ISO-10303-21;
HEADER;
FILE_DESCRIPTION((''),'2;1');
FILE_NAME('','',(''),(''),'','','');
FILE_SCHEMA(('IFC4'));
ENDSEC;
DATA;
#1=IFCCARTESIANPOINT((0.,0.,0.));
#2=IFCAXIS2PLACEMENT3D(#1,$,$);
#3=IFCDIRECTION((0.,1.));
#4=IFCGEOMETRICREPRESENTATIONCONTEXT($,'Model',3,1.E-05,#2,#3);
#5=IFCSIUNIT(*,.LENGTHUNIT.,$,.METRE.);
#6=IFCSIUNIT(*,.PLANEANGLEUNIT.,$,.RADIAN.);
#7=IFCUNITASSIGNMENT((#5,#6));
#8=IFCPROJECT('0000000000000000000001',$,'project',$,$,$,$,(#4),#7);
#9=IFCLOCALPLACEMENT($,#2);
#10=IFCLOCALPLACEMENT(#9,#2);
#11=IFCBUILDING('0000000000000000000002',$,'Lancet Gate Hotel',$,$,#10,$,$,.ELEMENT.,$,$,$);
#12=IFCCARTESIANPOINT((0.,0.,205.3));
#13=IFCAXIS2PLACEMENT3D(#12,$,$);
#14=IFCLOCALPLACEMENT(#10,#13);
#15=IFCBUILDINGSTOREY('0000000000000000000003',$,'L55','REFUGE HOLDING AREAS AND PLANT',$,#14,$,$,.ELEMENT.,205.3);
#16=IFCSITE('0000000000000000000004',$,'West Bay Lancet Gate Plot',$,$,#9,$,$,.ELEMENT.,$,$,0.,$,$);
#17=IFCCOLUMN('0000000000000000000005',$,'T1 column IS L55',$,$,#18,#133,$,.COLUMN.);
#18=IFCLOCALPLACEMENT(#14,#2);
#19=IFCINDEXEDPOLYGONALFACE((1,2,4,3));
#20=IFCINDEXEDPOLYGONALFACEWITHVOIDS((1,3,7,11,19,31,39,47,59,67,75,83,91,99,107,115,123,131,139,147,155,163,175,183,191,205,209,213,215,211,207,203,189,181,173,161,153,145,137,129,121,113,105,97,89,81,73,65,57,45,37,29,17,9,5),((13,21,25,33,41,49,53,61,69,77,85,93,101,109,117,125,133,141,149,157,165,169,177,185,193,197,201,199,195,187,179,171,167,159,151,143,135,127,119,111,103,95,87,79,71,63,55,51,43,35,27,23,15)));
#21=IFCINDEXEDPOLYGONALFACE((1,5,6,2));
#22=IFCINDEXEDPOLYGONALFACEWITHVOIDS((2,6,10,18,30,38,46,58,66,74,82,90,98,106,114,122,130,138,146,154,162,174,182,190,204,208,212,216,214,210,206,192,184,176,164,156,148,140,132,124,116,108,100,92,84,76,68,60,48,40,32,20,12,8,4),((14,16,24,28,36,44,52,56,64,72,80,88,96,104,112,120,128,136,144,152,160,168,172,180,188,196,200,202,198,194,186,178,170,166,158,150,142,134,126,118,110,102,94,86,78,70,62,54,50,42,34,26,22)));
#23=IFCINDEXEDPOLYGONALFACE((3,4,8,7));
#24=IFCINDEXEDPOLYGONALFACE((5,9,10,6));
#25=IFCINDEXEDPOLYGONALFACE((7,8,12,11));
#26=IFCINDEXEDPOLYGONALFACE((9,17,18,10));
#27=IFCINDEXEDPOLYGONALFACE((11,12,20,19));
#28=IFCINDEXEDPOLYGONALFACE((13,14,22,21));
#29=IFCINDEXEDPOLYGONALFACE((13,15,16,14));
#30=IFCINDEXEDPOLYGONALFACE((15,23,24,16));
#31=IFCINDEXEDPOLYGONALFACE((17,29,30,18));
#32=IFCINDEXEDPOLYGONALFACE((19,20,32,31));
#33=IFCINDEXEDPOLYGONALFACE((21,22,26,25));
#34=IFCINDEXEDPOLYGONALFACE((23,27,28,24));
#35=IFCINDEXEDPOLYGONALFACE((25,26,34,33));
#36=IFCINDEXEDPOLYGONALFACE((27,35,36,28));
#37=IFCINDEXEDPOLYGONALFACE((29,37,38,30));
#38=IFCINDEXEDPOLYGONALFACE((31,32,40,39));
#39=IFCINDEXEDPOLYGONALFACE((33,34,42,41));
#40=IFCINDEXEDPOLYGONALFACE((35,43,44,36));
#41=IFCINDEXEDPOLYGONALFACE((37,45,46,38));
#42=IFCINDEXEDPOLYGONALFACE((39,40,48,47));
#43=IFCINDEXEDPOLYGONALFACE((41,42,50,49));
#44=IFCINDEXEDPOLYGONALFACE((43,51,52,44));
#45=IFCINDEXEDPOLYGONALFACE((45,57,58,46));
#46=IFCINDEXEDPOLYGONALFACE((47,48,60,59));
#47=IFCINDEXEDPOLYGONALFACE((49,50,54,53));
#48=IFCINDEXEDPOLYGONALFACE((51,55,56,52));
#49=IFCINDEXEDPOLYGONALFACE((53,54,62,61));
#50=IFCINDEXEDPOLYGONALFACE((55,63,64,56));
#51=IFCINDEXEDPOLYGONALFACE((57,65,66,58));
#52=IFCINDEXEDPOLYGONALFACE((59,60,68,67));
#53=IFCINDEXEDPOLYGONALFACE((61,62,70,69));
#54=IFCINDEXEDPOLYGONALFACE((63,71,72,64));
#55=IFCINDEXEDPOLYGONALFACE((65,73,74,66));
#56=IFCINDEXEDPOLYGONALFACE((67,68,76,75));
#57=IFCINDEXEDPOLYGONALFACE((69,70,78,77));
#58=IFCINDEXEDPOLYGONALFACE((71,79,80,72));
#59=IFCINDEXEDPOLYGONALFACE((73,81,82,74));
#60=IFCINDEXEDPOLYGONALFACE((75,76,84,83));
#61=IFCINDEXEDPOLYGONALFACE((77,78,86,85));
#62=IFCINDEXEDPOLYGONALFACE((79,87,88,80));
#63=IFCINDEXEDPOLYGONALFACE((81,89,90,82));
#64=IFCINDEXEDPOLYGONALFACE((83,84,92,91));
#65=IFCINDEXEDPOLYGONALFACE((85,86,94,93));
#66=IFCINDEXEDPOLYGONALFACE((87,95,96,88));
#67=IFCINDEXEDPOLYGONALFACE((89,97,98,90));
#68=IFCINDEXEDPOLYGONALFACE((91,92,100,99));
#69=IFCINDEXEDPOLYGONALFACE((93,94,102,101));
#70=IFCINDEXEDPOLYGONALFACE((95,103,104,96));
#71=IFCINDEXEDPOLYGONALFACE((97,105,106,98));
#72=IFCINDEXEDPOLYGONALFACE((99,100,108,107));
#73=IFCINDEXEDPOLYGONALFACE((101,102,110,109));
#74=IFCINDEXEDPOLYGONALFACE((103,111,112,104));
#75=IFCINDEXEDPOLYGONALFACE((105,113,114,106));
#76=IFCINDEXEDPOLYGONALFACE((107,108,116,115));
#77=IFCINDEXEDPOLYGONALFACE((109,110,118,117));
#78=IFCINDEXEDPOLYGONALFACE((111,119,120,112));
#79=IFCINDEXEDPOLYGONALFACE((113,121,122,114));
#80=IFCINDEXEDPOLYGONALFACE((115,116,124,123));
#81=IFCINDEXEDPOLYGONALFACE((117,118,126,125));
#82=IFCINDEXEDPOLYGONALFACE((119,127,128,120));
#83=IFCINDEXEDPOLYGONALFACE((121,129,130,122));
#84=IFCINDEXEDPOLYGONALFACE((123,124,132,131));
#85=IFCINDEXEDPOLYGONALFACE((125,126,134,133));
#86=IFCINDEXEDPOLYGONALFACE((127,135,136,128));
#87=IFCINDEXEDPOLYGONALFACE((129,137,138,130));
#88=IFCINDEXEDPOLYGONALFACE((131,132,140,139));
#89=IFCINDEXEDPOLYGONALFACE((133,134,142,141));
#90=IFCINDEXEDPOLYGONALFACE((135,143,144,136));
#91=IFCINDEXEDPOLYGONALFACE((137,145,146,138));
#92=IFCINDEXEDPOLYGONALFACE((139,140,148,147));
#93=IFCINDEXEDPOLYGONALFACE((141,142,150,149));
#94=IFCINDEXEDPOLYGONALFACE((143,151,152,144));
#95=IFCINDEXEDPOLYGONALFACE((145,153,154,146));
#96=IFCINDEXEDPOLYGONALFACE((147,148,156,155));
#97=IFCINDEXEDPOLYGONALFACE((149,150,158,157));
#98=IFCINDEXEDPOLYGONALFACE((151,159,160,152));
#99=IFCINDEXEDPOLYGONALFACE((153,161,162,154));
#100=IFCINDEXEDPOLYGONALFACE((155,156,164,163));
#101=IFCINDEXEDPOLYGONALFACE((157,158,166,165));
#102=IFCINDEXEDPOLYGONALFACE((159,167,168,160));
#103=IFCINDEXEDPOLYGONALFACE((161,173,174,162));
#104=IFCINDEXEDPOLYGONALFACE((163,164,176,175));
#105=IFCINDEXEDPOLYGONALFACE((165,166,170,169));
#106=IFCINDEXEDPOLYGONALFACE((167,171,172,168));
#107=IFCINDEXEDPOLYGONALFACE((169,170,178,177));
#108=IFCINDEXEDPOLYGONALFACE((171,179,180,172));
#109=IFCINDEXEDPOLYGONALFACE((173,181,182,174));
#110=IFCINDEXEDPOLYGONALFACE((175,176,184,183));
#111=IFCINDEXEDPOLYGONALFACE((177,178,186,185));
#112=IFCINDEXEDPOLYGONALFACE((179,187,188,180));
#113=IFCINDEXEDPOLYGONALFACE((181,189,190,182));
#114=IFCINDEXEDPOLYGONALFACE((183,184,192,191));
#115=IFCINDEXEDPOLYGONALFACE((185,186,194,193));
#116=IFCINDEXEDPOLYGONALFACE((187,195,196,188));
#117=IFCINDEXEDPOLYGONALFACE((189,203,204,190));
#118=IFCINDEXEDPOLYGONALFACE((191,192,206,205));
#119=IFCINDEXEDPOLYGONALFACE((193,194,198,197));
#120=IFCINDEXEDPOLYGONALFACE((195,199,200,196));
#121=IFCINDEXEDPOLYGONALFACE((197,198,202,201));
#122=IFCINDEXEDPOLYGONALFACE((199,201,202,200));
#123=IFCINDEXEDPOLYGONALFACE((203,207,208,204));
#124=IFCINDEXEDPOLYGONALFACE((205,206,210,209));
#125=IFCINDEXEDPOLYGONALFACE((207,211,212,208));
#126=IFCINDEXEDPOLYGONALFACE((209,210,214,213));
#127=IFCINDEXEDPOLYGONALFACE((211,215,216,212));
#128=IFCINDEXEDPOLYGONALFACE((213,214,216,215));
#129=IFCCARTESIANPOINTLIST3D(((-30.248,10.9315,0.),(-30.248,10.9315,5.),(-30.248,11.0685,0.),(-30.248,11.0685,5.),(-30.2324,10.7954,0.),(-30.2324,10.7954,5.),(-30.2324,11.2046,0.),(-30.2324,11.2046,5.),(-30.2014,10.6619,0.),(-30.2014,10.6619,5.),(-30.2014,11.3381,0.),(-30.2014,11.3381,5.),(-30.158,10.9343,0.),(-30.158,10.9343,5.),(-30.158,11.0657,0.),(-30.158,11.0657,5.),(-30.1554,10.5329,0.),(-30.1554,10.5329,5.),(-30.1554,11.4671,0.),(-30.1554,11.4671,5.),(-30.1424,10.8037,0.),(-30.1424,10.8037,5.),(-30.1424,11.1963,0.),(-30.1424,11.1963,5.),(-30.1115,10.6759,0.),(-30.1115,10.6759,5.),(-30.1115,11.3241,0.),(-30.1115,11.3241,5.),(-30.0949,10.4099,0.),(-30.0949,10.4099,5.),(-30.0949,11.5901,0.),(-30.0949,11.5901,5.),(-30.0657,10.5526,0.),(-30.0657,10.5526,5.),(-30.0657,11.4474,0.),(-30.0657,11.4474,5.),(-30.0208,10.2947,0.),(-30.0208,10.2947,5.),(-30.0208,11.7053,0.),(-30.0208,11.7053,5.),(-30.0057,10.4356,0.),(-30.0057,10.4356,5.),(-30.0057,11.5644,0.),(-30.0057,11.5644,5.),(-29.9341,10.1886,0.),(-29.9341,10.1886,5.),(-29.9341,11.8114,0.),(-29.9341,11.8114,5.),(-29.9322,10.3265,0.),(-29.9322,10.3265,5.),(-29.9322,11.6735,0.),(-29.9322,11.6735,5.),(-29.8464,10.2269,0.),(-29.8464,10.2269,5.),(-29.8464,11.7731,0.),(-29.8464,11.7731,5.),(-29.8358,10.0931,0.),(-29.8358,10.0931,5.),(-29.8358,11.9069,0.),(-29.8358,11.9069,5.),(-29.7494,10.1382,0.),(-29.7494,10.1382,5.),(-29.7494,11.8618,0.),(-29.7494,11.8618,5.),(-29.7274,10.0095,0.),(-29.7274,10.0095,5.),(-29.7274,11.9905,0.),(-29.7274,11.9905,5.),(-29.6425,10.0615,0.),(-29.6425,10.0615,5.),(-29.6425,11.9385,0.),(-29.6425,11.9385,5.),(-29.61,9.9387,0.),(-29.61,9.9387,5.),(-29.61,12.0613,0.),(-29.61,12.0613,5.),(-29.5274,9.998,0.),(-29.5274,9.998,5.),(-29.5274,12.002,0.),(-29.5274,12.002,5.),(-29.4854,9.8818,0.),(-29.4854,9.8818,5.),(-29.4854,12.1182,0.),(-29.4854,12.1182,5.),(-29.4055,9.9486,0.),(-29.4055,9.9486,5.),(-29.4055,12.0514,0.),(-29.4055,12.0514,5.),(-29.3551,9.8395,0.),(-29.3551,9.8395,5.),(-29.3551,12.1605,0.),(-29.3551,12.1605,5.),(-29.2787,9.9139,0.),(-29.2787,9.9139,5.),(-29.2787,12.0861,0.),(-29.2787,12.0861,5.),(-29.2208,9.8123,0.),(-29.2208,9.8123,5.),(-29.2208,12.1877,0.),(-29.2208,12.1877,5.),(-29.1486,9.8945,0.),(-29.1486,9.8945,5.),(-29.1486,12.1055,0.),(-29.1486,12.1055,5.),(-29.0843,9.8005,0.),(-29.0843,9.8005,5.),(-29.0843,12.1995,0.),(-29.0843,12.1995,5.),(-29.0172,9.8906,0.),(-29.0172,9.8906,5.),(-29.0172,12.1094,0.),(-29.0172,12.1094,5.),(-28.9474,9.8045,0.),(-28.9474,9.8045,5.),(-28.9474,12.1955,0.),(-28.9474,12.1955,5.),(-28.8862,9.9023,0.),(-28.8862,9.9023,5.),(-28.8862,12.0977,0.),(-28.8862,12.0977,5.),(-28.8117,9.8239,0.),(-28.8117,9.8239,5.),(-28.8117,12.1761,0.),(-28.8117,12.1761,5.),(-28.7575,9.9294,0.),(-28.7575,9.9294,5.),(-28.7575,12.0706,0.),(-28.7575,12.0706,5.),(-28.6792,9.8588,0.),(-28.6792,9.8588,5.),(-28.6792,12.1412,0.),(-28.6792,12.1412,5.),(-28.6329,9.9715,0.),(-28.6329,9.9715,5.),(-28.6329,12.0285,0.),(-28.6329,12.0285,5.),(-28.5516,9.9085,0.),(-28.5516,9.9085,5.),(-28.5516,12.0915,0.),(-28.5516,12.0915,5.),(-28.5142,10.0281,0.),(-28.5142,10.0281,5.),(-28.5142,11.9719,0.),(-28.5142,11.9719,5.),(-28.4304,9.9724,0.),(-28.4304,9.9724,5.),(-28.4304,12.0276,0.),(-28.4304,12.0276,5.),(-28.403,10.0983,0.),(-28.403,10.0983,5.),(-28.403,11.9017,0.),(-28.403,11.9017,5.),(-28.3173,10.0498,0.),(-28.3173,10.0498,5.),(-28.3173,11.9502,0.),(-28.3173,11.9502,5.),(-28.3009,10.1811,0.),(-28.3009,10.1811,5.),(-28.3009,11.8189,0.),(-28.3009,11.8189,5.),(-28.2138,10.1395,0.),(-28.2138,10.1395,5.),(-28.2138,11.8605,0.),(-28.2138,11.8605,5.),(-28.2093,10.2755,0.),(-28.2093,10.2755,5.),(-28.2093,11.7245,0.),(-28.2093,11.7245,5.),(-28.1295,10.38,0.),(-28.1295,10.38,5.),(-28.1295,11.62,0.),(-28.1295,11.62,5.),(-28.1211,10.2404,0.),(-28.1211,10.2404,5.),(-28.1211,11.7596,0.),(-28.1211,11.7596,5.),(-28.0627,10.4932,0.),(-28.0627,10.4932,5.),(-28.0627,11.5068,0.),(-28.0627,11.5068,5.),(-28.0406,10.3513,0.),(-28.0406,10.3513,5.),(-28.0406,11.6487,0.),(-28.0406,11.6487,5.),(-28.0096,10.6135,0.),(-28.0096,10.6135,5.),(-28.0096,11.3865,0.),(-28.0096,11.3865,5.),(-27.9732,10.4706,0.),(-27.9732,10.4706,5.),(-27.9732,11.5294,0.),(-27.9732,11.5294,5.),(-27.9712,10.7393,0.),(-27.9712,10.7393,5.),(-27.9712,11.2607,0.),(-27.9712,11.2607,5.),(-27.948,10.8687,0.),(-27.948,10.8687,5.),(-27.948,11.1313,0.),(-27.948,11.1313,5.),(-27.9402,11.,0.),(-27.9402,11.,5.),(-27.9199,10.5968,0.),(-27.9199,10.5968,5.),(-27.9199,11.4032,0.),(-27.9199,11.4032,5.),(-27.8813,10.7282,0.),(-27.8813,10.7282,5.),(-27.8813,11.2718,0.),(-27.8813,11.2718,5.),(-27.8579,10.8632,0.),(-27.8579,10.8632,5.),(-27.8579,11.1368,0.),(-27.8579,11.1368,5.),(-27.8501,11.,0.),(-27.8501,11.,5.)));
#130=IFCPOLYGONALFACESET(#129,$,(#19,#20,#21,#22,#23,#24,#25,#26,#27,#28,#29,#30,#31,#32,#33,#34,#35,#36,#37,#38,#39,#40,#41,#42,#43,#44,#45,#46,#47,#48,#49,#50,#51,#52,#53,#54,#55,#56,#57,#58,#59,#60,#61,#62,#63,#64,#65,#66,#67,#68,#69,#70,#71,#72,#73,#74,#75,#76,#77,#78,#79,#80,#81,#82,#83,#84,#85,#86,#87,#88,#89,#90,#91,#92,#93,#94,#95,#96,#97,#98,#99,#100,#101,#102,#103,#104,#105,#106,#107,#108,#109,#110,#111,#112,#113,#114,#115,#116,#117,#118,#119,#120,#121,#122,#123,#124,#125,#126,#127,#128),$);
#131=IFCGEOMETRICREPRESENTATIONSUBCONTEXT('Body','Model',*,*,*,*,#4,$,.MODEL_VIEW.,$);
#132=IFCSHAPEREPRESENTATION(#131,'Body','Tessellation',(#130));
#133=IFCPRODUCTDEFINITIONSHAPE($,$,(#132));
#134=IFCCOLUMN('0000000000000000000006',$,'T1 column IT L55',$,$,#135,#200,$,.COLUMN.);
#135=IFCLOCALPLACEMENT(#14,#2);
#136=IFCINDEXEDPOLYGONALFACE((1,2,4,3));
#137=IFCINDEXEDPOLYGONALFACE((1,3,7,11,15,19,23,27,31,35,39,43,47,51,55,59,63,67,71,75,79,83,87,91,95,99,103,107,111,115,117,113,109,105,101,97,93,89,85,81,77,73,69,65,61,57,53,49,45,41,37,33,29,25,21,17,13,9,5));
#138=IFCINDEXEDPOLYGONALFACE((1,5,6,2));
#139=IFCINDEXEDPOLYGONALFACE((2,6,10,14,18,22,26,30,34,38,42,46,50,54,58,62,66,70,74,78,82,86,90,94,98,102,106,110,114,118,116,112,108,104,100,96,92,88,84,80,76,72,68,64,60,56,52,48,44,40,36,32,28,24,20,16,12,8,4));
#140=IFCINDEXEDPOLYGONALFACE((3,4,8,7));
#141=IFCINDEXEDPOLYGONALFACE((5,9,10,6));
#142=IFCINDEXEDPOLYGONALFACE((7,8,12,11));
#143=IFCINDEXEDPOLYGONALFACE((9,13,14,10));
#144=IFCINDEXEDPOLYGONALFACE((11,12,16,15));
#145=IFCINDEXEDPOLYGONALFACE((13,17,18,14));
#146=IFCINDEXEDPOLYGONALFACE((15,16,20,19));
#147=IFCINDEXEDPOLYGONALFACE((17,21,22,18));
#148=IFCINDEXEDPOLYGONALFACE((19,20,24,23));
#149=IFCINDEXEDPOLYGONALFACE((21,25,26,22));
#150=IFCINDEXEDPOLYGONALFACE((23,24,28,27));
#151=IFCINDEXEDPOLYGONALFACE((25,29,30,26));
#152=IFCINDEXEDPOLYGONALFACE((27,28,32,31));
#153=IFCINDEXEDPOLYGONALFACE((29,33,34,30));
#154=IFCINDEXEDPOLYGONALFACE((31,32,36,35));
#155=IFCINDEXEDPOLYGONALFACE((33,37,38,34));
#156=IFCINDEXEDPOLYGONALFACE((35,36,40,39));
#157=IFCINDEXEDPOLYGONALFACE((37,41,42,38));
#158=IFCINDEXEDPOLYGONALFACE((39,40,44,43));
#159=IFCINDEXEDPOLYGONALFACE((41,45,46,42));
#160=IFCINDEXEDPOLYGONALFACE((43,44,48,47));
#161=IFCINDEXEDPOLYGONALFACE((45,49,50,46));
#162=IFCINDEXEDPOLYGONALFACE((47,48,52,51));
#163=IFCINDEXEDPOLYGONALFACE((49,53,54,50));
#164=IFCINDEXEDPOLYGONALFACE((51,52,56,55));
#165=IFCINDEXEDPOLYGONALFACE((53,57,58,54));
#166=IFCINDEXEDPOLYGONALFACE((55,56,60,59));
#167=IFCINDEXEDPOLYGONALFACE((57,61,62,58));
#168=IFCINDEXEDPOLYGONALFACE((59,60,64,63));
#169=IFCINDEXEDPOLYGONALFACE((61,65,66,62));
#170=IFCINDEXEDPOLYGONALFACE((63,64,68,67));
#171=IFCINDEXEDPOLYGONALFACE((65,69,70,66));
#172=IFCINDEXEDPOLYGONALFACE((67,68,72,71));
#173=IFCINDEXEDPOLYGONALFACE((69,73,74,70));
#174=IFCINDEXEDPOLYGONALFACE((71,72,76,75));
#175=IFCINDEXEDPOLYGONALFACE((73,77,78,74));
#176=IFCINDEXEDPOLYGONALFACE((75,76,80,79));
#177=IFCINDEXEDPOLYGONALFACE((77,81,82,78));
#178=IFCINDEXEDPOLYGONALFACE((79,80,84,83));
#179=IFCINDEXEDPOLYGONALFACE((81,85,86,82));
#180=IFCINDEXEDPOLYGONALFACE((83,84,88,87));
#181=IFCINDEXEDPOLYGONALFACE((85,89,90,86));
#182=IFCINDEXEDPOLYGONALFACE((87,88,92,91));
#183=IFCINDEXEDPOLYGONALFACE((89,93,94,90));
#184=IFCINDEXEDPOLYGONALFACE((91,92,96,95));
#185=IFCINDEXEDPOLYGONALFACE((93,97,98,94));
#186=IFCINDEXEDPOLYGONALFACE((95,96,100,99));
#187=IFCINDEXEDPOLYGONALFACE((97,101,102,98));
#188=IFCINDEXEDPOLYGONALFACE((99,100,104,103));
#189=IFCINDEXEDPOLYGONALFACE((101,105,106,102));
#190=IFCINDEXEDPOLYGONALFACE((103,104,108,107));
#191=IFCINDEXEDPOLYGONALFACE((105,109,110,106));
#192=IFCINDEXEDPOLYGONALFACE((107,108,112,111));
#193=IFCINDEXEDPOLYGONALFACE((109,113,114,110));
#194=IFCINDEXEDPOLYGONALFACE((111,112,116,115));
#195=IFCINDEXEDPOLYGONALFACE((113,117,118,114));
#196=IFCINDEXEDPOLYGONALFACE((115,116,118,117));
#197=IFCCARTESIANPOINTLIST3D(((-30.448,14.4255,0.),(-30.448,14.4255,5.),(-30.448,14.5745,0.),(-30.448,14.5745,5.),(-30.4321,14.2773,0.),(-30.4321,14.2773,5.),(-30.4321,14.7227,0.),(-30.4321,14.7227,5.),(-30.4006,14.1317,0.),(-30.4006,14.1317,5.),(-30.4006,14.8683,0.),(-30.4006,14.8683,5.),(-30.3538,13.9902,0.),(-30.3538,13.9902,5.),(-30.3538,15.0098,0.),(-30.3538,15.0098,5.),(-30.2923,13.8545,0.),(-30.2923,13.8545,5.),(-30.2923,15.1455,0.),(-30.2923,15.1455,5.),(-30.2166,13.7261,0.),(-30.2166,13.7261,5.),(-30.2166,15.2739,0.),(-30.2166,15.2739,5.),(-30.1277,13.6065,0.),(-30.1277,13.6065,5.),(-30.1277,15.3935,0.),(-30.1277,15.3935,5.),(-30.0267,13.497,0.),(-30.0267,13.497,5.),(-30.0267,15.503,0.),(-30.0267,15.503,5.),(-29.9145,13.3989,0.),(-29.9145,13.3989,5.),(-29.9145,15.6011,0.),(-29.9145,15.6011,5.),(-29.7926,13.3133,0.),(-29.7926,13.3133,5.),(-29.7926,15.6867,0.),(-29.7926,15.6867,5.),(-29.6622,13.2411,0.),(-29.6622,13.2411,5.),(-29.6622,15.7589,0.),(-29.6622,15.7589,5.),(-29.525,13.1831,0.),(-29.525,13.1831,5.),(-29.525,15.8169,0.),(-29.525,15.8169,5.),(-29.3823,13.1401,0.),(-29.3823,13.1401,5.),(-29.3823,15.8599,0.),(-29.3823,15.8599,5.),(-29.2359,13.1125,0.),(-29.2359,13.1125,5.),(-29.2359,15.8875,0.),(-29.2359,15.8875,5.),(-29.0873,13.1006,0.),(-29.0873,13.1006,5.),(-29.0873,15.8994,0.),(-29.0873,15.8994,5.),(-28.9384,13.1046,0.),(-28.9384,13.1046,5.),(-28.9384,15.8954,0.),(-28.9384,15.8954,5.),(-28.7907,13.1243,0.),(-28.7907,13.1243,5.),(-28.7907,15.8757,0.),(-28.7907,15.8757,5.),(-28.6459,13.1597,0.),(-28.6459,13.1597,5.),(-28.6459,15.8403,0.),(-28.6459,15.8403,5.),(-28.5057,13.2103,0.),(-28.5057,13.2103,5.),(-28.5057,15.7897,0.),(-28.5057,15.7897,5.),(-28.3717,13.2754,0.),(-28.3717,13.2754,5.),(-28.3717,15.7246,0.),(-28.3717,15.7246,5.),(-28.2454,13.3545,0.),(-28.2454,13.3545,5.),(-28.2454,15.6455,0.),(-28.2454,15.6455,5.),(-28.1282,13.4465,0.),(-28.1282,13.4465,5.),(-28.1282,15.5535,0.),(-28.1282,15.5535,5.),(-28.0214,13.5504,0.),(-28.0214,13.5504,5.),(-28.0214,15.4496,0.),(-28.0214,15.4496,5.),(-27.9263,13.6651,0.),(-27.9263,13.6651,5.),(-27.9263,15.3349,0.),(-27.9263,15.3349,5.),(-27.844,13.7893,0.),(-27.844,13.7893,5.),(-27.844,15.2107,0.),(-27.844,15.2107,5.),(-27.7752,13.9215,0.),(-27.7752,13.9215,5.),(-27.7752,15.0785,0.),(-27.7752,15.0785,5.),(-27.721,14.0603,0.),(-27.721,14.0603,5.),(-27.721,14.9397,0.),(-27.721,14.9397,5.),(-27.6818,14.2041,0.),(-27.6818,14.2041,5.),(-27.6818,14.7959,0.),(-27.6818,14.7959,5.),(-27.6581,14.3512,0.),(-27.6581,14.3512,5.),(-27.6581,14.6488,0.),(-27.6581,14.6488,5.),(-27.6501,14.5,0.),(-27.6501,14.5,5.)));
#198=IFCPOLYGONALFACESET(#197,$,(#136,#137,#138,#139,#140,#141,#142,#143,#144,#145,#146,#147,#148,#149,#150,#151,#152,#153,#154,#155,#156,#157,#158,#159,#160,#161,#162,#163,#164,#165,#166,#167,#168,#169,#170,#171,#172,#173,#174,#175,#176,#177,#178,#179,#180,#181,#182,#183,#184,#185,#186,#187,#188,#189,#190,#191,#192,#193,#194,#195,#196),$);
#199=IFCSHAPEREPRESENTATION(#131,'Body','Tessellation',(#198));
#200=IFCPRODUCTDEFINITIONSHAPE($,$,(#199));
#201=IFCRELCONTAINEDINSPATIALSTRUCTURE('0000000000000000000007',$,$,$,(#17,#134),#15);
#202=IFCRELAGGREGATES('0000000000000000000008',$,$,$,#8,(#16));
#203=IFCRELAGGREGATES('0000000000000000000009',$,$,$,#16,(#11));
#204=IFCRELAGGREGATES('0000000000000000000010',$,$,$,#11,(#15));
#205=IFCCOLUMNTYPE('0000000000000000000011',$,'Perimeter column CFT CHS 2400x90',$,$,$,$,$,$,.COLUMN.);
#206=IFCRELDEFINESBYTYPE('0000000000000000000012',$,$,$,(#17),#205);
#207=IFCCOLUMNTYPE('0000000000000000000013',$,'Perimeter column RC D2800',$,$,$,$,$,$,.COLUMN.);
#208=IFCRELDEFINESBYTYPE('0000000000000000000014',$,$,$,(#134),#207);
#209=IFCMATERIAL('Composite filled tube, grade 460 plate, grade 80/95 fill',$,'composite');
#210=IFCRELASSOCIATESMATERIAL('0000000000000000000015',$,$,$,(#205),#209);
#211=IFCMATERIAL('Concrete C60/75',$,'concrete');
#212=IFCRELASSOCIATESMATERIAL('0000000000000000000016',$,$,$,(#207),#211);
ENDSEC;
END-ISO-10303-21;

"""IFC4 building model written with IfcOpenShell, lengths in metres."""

from ifc_helpers import new_model, si_unit, direction, frame, origin, origin_2d, place, context, subcontext, project, spatial, circle, hollow_circle, extrude, material, material_profile, profile_set, type_object, element, save


model = new_model("IFC4")

# Units and contexts
model_context = context("Model", 3, precision=1e-05, world=origin(), true_north=direction((0.0, 1.0)))
body_context = subcontext(model_context, "Body", "Model", "MODEL_VIEW")
ifc_project = project(units=[si_unit("LENGTHUNIT", "METRE"), si_unit("PLANEANGLEUNIT", "RADIAN")], contexts=[model_context])

# Site, building, storey
site_placement = place(None, origin())
site = spatial("IfcSite", under=ifc_project, at=site_placement, Name="West Bay Lancet Gate Plot", CompositionType="ELEMENT", RefElevation=0.0)
building_placement = place(site_placement, origin())
building = spatial("IfcBuilding", under=site, at=building_placement, Name="Lancet Gate Hotel", CompositionType="ELEMENT")
storey_placement = place(building_placement, frame((0.0, 0.0, 205.3)))
storey = spatial("IfcBuildingStorey", under=building, at=storey_placement, Name="L55", Description="REFUGE HOLDING AREAS AND PLANT", CompositionType="ELEMENT", Elevation=205.3)

# Columns
ifc_material_1 = material(Name="Composite filled tube, grade 460 plate, grade 80/95 fill", Category="composite")
ifc_material_profile_1 = material_profile(ifc_material_1, hollow_circle(Radius=1.2, WallThickness=0.0901, at=origin_2d()), Name="CHS 2400x90")
ifc_profile_set_1 = profile_set([ifc_material_profile_1], Name="Composite filled tube, grade 460 plate, grade 80/95 fill")
column_type_1 = type_object("IfcColumnType", Name="Perimeter column CFT CHS 2400x90", PredefinedType="COLUMN", material=ifc_profile_set_1)
column_1_placement = place(storey_placement, frame((-29.05, 11.0, 0.0), z_axis=(0.0, 0.0, 1.0), x_axis=(1.0, 0.0, 0.0)))
element("IfcColumn", 1, at=column_1_placement, inside=storey, type_object=column_type_1, Name="T1 column IS L55", PredefinedType="COLUMN", context=body_context, shape_type="SweptSolid", body=[
    extrude(hollow_circle(Radius=1.2, WallThickness=0.0901, at=origin_2d()), origin(), (0.0, 0.0, 1.0), 5.0),
])
ifc_material_2 = material(Name="Concrete C60/75", Category="concrete")
ifc_material_profile_2 = material_profile(ifc_material_2, circle(Radius=1.3999, at=origin_2d()), Name="RC D2800")
ifc_profile_set_2 = profile_set([ifc_material_profile_2], Name="Concrete C60/75")
column_type_2 = type_object("IfcColumnType", Name="Perimeter column RC D2800", PredefinedType="COLUMN", material=ifc_profile_set_2)
column_2_placement = place(storey_placement, frame((-29.05, 14.5, 0.0), z_axis=(0.0, 0.0, 1.0), x_axis=(1.0, 0.0, 0.0)))
element("IfcColumn", 2, at=column_2_placement, inside=storey, type_object=column_type_2, Name="T1 column IT L55", PredefinedType="COLUMN", context=body_context, shape_type="SweptSolid", body=[
    extrude(circle(Radius=1.3999, at=origin_2d()), origin(), (0.0, 0.0, 1.0), 5.0),
])

save(model, "model.ifc")
